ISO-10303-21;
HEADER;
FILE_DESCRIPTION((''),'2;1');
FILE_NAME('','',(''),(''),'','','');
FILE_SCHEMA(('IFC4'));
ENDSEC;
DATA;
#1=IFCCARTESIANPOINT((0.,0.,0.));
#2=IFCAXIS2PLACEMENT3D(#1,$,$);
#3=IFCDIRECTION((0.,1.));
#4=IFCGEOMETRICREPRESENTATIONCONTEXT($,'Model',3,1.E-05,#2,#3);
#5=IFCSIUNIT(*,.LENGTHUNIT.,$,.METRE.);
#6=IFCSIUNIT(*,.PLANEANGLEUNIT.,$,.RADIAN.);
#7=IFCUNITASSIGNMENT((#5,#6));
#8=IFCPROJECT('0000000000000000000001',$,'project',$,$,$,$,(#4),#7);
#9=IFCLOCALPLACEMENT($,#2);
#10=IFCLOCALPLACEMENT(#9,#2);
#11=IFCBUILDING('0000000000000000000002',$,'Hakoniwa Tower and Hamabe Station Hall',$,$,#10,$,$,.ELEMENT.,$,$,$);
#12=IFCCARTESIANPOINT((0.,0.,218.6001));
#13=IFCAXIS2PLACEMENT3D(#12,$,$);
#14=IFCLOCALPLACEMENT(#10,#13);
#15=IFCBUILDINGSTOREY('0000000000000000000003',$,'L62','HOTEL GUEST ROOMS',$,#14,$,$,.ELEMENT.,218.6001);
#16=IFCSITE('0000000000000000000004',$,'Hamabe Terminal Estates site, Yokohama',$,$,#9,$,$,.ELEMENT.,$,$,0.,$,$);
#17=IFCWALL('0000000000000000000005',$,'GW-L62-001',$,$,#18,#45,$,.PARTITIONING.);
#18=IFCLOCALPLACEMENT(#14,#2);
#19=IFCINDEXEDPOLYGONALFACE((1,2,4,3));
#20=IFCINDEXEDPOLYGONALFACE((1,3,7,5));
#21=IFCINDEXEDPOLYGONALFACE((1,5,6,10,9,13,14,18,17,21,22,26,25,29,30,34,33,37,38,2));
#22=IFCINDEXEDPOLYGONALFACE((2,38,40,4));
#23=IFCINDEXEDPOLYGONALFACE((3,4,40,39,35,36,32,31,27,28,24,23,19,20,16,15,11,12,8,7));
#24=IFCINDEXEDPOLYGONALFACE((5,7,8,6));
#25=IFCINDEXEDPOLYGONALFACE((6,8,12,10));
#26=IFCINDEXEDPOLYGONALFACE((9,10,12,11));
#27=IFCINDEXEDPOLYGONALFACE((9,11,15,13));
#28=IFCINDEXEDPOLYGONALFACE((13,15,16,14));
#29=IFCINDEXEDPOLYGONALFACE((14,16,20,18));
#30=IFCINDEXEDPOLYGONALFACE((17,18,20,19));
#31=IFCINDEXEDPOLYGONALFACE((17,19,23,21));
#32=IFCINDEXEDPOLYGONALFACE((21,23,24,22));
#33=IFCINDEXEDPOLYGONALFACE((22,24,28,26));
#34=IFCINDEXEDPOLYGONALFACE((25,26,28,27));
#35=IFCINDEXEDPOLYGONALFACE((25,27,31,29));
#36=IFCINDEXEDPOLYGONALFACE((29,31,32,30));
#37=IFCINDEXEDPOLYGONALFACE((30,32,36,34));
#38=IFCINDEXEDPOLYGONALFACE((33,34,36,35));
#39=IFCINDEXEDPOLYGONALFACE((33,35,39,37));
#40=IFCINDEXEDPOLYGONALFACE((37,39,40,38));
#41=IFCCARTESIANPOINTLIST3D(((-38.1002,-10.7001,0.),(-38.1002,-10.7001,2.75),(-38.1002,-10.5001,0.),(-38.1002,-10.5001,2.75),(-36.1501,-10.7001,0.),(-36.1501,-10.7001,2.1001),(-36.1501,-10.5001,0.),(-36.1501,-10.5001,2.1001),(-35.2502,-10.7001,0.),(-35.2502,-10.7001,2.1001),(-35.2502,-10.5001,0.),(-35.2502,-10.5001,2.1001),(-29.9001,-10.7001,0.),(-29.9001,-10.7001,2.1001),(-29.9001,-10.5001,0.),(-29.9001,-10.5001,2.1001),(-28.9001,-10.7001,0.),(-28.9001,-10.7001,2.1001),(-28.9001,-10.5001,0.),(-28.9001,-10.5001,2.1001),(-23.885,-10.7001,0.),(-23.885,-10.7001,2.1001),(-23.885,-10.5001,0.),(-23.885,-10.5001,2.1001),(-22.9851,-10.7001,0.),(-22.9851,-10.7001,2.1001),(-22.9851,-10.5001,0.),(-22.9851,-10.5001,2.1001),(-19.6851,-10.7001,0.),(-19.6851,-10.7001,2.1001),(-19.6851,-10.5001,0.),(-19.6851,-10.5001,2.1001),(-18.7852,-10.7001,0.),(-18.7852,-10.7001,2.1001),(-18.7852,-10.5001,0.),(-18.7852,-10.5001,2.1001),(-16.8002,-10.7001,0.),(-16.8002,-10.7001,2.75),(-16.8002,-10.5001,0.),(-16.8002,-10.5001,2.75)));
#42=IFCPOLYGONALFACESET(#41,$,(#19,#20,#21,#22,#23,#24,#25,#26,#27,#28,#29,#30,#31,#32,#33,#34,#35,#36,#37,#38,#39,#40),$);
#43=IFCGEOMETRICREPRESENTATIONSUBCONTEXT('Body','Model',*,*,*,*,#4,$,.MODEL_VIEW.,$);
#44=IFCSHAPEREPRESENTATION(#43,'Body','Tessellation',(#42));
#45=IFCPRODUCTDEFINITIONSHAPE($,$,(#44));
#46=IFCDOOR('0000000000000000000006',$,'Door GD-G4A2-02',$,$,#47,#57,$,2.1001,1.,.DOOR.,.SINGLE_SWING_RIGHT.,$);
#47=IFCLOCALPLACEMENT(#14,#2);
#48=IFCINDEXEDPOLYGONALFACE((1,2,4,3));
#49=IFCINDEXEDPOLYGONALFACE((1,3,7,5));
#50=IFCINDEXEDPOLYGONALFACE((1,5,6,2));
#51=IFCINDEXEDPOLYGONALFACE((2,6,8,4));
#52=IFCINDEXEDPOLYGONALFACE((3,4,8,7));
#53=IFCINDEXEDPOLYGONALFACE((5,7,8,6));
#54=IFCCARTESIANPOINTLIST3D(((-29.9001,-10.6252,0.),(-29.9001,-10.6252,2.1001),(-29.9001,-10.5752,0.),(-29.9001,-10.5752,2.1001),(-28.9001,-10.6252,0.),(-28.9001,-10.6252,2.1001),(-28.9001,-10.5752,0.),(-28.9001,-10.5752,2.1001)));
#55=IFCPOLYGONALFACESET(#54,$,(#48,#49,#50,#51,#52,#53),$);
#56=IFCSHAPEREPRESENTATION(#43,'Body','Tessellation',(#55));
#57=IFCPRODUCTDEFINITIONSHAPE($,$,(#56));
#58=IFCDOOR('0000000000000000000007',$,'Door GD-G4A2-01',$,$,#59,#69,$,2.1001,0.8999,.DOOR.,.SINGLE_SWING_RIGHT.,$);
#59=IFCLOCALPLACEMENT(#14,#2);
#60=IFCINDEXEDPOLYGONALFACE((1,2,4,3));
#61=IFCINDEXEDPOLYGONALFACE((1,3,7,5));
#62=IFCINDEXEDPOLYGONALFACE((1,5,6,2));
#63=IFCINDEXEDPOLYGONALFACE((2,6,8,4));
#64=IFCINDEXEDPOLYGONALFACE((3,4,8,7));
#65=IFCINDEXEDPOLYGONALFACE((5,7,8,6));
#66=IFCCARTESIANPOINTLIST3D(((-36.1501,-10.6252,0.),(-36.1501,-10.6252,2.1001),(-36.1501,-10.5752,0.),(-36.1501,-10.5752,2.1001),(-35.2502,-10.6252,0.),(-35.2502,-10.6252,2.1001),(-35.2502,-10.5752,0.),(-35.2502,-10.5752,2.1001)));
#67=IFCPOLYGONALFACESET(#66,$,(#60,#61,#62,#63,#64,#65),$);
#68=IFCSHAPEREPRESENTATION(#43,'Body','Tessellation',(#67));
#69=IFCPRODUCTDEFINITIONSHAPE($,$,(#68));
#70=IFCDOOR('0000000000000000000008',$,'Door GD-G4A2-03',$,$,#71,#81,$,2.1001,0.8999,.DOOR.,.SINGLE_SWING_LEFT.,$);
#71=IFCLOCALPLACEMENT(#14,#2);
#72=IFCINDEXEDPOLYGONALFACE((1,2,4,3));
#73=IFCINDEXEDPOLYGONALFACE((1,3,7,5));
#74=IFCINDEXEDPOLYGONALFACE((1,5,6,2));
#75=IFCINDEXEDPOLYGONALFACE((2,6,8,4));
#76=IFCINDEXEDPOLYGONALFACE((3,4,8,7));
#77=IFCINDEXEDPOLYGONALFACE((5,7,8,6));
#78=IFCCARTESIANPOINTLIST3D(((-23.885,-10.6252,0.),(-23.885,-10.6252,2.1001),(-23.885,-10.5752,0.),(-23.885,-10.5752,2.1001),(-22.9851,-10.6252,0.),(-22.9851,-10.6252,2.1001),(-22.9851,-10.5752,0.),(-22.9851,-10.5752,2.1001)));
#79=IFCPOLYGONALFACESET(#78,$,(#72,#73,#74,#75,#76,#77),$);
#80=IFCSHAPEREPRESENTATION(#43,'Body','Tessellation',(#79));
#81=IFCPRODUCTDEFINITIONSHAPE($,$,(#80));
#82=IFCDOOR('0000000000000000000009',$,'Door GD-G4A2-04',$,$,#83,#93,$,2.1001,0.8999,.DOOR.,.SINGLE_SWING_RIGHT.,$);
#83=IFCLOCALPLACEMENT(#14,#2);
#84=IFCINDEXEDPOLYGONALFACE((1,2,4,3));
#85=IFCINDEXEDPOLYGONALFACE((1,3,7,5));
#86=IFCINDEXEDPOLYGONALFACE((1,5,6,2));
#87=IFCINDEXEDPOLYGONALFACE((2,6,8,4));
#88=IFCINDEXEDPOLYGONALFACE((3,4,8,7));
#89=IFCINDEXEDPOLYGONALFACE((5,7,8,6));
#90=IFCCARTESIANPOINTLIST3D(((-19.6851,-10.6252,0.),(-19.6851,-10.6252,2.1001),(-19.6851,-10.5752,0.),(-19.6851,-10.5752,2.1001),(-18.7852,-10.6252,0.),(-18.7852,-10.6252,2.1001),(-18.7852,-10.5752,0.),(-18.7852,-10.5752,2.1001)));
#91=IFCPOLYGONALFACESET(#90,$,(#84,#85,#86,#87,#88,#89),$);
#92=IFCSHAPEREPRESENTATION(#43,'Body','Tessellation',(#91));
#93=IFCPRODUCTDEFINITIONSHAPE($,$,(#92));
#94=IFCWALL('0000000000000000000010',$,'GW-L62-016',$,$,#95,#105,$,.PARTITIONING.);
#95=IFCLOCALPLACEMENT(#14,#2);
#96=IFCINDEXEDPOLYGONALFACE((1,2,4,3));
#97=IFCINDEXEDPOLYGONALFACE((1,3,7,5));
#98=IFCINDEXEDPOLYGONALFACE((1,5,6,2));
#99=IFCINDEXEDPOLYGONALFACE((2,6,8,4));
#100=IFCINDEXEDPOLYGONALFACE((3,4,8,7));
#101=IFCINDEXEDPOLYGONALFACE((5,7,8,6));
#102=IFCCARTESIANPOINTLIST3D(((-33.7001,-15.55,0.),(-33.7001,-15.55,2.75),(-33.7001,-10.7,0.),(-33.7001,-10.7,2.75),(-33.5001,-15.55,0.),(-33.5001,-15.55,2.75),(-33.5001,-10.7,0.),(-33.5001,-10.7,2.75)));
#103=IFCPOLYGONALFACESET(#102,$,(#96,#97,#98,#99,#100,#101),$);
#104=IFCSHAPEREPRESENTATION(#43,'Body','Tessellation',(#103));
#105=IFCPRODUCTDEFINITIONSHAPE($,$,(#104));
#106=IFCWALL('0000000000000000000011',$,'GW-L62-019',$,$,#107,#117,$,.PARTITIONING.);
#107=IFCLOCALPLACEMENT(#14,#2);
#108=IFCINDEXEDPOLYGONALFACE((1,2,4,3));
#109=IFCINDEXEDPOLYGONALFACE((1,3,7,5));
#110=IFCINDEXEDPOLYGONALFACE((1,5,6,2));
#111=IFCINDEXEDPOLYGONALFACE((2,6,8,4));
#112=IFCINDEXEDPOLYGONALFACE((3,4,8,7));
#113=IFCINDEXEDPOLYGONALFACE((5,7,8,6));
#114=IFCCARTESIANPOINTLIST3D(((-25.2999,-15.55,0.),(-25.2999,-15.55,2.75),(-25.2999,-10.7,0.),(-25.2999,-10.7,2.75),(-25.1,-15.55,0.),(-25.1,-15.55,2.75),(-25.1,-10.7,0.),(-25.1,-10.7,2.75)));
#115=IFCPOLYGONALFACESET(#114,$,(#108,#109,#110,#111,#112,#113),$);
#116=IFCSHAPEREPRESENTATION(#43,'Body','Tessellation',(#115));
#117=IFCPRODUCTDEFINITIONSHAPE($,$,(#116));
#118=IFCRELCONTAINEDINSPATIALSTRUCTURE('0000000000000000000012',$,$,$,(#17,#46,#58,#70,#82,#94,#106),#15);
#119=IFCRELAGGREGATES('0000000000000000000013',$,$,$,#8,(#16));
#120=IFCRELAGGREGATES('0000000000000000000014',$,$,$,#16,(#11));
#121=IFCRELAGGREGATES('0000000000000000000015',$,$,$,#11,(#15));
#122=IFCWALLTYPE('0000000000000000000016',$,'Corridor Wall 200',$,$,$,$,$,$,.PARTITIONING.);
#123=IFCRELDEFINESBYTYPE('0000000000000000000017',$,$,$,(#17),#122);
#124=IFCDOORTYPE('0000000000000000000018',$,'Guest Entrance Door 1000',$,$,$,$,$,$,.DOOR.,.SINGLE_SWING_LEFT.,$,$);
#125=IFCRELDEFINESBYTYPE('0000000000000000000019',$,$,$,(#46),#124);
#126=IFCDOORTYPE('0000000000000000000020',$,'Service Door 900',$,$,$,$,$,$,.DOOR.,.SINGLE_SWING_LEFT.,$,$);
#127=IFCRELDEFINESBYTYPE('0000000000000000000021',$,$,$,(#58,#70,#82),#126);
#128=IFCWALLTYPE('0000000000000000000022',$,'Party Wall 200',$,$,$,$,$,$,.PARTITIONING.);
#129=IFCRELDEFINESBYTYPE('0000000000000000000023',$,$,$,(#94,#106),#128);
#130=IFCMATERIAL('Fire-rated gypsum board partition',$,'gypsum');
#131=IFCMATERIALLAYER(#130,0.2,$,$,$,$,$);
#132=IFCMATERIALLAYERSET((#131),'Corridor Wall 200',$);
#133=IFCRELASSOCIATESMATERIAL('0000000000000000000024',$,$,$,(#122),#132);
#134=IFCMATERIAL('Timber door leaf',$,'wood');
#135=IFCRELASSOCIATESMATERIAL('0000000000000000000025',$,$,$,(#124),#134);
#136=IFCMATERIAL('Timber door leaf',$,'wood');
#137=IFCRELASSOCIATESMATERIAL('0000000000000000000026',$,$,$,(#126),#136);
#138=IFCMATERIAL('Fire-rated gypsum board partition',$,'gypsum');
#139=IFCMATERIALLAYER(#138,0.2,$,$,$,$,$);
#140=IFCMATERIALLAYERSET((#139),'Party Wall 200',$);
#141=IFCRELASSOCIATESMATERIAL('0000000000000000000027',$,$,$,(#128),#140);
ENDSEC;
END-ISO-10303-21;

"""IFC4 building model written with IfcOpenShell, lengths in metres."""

from ifc_helpers import new_model, si_unit, direction, frame, frame_2d, origin, place, context, subcontext, project, spatial, rectangle, extrude, material, layer, layer_set, type_object, element, fill, save


model = new_model("IFC4")

# Units and contexts
model_context = context("Model", 3, precision=1e-05, world=origin(), true_north=direction((0.0, 1.0)))
body_context = subcontext(model_context, "Body", "Model", "MODEL_VIEW")
ifc_project = project(units=[si_unit("LENGTHUNIT", "METRE"), si_unit("PLANEANGLEUNIT", "RADIAN")], contexts=[model_context])

# Site, building, storey
site_placement = place(None, origin())
site = spatial("IfcSite", under=ifc_project, at=site_placement, Name="Hamabe Terminal Estates site, Yokohama", CompositionType="ELEMENT", RefElevation=0.0)
building_placement = place(site_placement, origin())
building = spatial("IfcBuilding", under=site, at=building_placement, Name="Hakoniwa Tower and Hamabe Station Hall", CompositionType="ELEMENT")
storey_placement = place(building_placement, frame((0.0, 0.0, 218.6001)))
storey = spatial("IfcBuildingStorey", under=building, at=storey_placement, Name="L62", Description="HOTEL GUEST ROOMS", CompositionType="ELEMENT", Elevation=218.6001)

# Wall, openings, doors
ifc_material_1 = material(Name="Fire-rated gypsum board partition", Category="gypsum")
ifc_layer_1 = layer(ifc_material_1, 0.2)
ifc_layer_set_1 = layer_set([ifc_layer_1], Name="Corridor Wall 200")
wall_type_1 = type_object("IfcWallType", Name="Corridor Wall 200", PredefinedType="PARTITIONING", material=ifc_layer_set_1)
wall_1_placement = place(storey_placement, frame((-38.1001, -10.6001, 0.0), z_axis=(0.0, 0.0, 1.0), x_axis=(1.0, 0.0, 0.0)))
wall_1 = element("IfcWall", 1, at=wall_1_placement, inside=storey, type_object=wall_type_1, Name="GW-L62-001", PredefinedType="PARTITIONING", context=body_context, shape_type="SweptSolid", body=[
    extrude(rectangle(XDim=21.3, YDim=0.2, at=frame_2d((10.6499, 0.0))), origin(), (0.0, 0.0, 1.0), 2.75),
])
opening_1_placement = place(wall_1_placement, frame((1.95, 0.0, 0.0)))
opening_1 = element("IfcOpeningElement", 2, at=opening_1_placement, cuts=wall_1, PredefinedType="OPENING", context=body_context, shape_type="SweptSolid", body=[
    extrude(rectangle(XDim=0.8999, YDim=2.1001, at=frame_2d((0.45, 1.05))), frame((0.0, 0.1099, 0.0), z_axis=(0.0, -1.0, 0.0), x_axis=(1.0, 0.0, 0.0)), (0.0, 0.0, 1.0), 0.22),
])
opening_2_placement = place(wall_1_placement, frame((8.2, 0.0, 0.0)))
opening_2 = element("IfcOpeningElement", 3, at=opening_2_placement, cuts=wall_1, PredefinedType="OPENING", context=body_context, shape_type="SweptSolid", body=[
    extrude(rectangle(XDim=1.0, YDim=2.1001, at=frame_2d((0.5, 1.05))), frame((0.0, 0.1099, 0.0), z_axis=(0.0, -1.0, 0.0), x_axis=(1.0, 0.0, 0.0)), (0.0, 0.0, 1.0), 0.22),
])
opening_3_placement = place(wall_1_placement, frame((14.2151, 0.0, 0.0)))
opening_3 = element("IfcOpeningElement", 4, at=opening_3_placement, cuts=wall_1, PredefinedType="OPENING", context=body_context, shape_type="SweptSolid", body=[
    extrude(rectangle(XDim=0.8999, YDim=2.1001, at=frame_2d((0.45, 1.05))), frame((0.0, 0.1099, 0.0), z_axis=(0.0, -1.0, 0.0), x_axis=(1.0, 0.0, 0.0)), (0.0, 0.0, 1.0), 0.22),
])
opening_4_placement = place(wall_1_placement, frame((18.415, 0.0, 0.0)))
opening_4 = element("IfcOpeningElement", 5, at=opening_4_placement, cuts=wall_1, PredefinedType="OPENING", context=body_context, shape_type="SweptSolid", body=[
    extrude(rectangle(XDim=0.8999, YDim=2.1001, at=frame_2d((0.45, 1.05))), frame((0.0, 0.1099, 0.0), z_axis=(0.0, -1.0, 0.0), x_axis=(1.0, 0.0, 0.0)), (0.0, 0.0, 1.0), 0.22),
])
ifc_material_2 = material(Name="Timber door leaf", Category="wood")
door_type_1 = type_object("IfcDoorType", Name="Guest Entrance Door 1000", OperationType="SINGLE_SWING_LEFT", PredefinedType="DOOR", material=ifc_material_2)
door_1_placement = place(opening_2_placement, origin())
door_1 = element("IfcDoor", 6, at=door_1_placement, inside=storey, type_object=door_type_1, Name="Door GD-G4A2-02", OperationType="SINGLE_SWING_RIGHT", OverallHeight=2.1001, OverallWidth=1.0, PredefinedType="DOOR", context=body_context, shape_type="SweptSolid", body=[
    extrude(rectangle(XDim=1.0, YDim=2.1001, at=frame_2d((0.5, 1.05))), frame((0.0, 0.0249, 0.0), z_axis=(0.0, -1.0, 0.0), x_axis=(1.0, 0.0, 0.0)), (0.0, 0.0, 1.0), 0.05),
])
fill(opening_2, door_1)
ifc_material_3 = material(Name="Timber door leaf", Category="wood")
door_type_2 = type_object("IfcDoorType", Name="Service Door 900", OperationType="SINGLE_SWING_LEFT", PredefinedType="DOOR", material=ifc_material_3)
door_2_placement = place(opening_1_placement, origin())
door_2 = element("IfcDoor", 7, at=door_2_placement, inside=storey, type_object=door_type_2, Name="Door GD-G4A2-01", OperationType="SINGLE_SWING_RIGHT", OverallHeight=2.1001, OverallWidth=0.8999, PredefinedType="DOOR", context=body_context, shape_type="SweptSolid", body=[
    extrude(rectangle(XDim=0.8999, YDim=2.1001, at=frame_2d((0.45, 1.05))), frame((0.0, 0.0249, 0.0), z_axis=(0.0, -1.0, 0.0), x_axis=(1.0, 0.0, 0.0)), (0.0, 0.0, 1.0), 0.05),
])
fill(opening_1, door_2)
door_3_placement = place(opening_3_placement, origin())
door_3 = element("IfcDoor", 8, at=door_3_placement, inside=storey, type_object=door_type_2, Name="Door GD-G4A2-03", OperationType="SINGLE_SWING_LEFT", OverallHeight=2.1001, OverallWidth=0.8999, PredefinedType="DOOR", context=body_context, shape_type="SweptSolid", body=[
    extrude(rectangle(XDim=0.8999, YDim=2.1001, at=frame_2d((0.45, 1.05))), frame((0.0, 0.0249, 0.0), z_axis=(0.0, -1.0, 0.0), x_axis=(1.0, 0.0, 0.0)), (0.0, 0.0, 1.0), 0.05),
])
fill(opening_3, door_3)
door_4_placement = place(opening_4_placement, origin())
door_4 = element("IfcDoor", 9, at=door_4_placement, inside=storey, type_object=door_type_2, Name="Door GD-G4A2-04", OperationType="SINGLE_SWING_RIGHT", OverallHeight=2.1001, OverallWidth=0.8999, PredefinedType="DOOR", context=body_context, shape_type="SweptSolid", body=[
    extrude(rectangle(XDim=0.8999, YDim=2.1001, at=frame_2d((0.45, 1.05))), frame((0.0, 0.0249, 0.0), z_axis=(0.0, -1.0, 0.0), x_axis=(1.0, 0.0, 0.0)), (0.0, 0.0, 1.0), 0.05),
])
fill(opening_4, door_4)

# Walls
ifc_material_4 = material(Name="Fire-rated gypsum board partition", Category="gypsum")
ifc_layer_2 = layer(ifc_material_4, 0.2)
ifc_layer_set_2 = layer_set([ifc_layer_2], Name="Party Wall 200")
wall_type_2 = type_object("IfcWallType", Name="Party Wall 200", PredefinedType="PARTITIONING", material=ifc_layer_set_2)
for number, where, z_axis, x_axis, name in (
    (10, (-33.6001, -15.55, 0.0), (0.0, 0.0, 1.0), (0.0, 1.0, 0.0), "GW-L62-016"),
    (11, (-25.2, -15.55, 0.0), (0.0, 0.0, 1.0), (0.0, 1.0, 0.0), "GW-L62-019"),
):
    element("IfcWall", number, at=place(storey_placement, frame(where, z_axis=z_axis, x_axis=x_axis)), inside=storey, type_object=wall_type_2, Name=name, PredefinedType="PARTITIONING", context=body_context, shape_type="SweptSolid", body=[
        extrude(rectangle(XDim=4.8501, YDim=0.2, at=frame_2d((2.425, 0.0))), origin(), (0.0, 0.0, 1.0), 2.75),
    ])

save(model, "model.ifc")
